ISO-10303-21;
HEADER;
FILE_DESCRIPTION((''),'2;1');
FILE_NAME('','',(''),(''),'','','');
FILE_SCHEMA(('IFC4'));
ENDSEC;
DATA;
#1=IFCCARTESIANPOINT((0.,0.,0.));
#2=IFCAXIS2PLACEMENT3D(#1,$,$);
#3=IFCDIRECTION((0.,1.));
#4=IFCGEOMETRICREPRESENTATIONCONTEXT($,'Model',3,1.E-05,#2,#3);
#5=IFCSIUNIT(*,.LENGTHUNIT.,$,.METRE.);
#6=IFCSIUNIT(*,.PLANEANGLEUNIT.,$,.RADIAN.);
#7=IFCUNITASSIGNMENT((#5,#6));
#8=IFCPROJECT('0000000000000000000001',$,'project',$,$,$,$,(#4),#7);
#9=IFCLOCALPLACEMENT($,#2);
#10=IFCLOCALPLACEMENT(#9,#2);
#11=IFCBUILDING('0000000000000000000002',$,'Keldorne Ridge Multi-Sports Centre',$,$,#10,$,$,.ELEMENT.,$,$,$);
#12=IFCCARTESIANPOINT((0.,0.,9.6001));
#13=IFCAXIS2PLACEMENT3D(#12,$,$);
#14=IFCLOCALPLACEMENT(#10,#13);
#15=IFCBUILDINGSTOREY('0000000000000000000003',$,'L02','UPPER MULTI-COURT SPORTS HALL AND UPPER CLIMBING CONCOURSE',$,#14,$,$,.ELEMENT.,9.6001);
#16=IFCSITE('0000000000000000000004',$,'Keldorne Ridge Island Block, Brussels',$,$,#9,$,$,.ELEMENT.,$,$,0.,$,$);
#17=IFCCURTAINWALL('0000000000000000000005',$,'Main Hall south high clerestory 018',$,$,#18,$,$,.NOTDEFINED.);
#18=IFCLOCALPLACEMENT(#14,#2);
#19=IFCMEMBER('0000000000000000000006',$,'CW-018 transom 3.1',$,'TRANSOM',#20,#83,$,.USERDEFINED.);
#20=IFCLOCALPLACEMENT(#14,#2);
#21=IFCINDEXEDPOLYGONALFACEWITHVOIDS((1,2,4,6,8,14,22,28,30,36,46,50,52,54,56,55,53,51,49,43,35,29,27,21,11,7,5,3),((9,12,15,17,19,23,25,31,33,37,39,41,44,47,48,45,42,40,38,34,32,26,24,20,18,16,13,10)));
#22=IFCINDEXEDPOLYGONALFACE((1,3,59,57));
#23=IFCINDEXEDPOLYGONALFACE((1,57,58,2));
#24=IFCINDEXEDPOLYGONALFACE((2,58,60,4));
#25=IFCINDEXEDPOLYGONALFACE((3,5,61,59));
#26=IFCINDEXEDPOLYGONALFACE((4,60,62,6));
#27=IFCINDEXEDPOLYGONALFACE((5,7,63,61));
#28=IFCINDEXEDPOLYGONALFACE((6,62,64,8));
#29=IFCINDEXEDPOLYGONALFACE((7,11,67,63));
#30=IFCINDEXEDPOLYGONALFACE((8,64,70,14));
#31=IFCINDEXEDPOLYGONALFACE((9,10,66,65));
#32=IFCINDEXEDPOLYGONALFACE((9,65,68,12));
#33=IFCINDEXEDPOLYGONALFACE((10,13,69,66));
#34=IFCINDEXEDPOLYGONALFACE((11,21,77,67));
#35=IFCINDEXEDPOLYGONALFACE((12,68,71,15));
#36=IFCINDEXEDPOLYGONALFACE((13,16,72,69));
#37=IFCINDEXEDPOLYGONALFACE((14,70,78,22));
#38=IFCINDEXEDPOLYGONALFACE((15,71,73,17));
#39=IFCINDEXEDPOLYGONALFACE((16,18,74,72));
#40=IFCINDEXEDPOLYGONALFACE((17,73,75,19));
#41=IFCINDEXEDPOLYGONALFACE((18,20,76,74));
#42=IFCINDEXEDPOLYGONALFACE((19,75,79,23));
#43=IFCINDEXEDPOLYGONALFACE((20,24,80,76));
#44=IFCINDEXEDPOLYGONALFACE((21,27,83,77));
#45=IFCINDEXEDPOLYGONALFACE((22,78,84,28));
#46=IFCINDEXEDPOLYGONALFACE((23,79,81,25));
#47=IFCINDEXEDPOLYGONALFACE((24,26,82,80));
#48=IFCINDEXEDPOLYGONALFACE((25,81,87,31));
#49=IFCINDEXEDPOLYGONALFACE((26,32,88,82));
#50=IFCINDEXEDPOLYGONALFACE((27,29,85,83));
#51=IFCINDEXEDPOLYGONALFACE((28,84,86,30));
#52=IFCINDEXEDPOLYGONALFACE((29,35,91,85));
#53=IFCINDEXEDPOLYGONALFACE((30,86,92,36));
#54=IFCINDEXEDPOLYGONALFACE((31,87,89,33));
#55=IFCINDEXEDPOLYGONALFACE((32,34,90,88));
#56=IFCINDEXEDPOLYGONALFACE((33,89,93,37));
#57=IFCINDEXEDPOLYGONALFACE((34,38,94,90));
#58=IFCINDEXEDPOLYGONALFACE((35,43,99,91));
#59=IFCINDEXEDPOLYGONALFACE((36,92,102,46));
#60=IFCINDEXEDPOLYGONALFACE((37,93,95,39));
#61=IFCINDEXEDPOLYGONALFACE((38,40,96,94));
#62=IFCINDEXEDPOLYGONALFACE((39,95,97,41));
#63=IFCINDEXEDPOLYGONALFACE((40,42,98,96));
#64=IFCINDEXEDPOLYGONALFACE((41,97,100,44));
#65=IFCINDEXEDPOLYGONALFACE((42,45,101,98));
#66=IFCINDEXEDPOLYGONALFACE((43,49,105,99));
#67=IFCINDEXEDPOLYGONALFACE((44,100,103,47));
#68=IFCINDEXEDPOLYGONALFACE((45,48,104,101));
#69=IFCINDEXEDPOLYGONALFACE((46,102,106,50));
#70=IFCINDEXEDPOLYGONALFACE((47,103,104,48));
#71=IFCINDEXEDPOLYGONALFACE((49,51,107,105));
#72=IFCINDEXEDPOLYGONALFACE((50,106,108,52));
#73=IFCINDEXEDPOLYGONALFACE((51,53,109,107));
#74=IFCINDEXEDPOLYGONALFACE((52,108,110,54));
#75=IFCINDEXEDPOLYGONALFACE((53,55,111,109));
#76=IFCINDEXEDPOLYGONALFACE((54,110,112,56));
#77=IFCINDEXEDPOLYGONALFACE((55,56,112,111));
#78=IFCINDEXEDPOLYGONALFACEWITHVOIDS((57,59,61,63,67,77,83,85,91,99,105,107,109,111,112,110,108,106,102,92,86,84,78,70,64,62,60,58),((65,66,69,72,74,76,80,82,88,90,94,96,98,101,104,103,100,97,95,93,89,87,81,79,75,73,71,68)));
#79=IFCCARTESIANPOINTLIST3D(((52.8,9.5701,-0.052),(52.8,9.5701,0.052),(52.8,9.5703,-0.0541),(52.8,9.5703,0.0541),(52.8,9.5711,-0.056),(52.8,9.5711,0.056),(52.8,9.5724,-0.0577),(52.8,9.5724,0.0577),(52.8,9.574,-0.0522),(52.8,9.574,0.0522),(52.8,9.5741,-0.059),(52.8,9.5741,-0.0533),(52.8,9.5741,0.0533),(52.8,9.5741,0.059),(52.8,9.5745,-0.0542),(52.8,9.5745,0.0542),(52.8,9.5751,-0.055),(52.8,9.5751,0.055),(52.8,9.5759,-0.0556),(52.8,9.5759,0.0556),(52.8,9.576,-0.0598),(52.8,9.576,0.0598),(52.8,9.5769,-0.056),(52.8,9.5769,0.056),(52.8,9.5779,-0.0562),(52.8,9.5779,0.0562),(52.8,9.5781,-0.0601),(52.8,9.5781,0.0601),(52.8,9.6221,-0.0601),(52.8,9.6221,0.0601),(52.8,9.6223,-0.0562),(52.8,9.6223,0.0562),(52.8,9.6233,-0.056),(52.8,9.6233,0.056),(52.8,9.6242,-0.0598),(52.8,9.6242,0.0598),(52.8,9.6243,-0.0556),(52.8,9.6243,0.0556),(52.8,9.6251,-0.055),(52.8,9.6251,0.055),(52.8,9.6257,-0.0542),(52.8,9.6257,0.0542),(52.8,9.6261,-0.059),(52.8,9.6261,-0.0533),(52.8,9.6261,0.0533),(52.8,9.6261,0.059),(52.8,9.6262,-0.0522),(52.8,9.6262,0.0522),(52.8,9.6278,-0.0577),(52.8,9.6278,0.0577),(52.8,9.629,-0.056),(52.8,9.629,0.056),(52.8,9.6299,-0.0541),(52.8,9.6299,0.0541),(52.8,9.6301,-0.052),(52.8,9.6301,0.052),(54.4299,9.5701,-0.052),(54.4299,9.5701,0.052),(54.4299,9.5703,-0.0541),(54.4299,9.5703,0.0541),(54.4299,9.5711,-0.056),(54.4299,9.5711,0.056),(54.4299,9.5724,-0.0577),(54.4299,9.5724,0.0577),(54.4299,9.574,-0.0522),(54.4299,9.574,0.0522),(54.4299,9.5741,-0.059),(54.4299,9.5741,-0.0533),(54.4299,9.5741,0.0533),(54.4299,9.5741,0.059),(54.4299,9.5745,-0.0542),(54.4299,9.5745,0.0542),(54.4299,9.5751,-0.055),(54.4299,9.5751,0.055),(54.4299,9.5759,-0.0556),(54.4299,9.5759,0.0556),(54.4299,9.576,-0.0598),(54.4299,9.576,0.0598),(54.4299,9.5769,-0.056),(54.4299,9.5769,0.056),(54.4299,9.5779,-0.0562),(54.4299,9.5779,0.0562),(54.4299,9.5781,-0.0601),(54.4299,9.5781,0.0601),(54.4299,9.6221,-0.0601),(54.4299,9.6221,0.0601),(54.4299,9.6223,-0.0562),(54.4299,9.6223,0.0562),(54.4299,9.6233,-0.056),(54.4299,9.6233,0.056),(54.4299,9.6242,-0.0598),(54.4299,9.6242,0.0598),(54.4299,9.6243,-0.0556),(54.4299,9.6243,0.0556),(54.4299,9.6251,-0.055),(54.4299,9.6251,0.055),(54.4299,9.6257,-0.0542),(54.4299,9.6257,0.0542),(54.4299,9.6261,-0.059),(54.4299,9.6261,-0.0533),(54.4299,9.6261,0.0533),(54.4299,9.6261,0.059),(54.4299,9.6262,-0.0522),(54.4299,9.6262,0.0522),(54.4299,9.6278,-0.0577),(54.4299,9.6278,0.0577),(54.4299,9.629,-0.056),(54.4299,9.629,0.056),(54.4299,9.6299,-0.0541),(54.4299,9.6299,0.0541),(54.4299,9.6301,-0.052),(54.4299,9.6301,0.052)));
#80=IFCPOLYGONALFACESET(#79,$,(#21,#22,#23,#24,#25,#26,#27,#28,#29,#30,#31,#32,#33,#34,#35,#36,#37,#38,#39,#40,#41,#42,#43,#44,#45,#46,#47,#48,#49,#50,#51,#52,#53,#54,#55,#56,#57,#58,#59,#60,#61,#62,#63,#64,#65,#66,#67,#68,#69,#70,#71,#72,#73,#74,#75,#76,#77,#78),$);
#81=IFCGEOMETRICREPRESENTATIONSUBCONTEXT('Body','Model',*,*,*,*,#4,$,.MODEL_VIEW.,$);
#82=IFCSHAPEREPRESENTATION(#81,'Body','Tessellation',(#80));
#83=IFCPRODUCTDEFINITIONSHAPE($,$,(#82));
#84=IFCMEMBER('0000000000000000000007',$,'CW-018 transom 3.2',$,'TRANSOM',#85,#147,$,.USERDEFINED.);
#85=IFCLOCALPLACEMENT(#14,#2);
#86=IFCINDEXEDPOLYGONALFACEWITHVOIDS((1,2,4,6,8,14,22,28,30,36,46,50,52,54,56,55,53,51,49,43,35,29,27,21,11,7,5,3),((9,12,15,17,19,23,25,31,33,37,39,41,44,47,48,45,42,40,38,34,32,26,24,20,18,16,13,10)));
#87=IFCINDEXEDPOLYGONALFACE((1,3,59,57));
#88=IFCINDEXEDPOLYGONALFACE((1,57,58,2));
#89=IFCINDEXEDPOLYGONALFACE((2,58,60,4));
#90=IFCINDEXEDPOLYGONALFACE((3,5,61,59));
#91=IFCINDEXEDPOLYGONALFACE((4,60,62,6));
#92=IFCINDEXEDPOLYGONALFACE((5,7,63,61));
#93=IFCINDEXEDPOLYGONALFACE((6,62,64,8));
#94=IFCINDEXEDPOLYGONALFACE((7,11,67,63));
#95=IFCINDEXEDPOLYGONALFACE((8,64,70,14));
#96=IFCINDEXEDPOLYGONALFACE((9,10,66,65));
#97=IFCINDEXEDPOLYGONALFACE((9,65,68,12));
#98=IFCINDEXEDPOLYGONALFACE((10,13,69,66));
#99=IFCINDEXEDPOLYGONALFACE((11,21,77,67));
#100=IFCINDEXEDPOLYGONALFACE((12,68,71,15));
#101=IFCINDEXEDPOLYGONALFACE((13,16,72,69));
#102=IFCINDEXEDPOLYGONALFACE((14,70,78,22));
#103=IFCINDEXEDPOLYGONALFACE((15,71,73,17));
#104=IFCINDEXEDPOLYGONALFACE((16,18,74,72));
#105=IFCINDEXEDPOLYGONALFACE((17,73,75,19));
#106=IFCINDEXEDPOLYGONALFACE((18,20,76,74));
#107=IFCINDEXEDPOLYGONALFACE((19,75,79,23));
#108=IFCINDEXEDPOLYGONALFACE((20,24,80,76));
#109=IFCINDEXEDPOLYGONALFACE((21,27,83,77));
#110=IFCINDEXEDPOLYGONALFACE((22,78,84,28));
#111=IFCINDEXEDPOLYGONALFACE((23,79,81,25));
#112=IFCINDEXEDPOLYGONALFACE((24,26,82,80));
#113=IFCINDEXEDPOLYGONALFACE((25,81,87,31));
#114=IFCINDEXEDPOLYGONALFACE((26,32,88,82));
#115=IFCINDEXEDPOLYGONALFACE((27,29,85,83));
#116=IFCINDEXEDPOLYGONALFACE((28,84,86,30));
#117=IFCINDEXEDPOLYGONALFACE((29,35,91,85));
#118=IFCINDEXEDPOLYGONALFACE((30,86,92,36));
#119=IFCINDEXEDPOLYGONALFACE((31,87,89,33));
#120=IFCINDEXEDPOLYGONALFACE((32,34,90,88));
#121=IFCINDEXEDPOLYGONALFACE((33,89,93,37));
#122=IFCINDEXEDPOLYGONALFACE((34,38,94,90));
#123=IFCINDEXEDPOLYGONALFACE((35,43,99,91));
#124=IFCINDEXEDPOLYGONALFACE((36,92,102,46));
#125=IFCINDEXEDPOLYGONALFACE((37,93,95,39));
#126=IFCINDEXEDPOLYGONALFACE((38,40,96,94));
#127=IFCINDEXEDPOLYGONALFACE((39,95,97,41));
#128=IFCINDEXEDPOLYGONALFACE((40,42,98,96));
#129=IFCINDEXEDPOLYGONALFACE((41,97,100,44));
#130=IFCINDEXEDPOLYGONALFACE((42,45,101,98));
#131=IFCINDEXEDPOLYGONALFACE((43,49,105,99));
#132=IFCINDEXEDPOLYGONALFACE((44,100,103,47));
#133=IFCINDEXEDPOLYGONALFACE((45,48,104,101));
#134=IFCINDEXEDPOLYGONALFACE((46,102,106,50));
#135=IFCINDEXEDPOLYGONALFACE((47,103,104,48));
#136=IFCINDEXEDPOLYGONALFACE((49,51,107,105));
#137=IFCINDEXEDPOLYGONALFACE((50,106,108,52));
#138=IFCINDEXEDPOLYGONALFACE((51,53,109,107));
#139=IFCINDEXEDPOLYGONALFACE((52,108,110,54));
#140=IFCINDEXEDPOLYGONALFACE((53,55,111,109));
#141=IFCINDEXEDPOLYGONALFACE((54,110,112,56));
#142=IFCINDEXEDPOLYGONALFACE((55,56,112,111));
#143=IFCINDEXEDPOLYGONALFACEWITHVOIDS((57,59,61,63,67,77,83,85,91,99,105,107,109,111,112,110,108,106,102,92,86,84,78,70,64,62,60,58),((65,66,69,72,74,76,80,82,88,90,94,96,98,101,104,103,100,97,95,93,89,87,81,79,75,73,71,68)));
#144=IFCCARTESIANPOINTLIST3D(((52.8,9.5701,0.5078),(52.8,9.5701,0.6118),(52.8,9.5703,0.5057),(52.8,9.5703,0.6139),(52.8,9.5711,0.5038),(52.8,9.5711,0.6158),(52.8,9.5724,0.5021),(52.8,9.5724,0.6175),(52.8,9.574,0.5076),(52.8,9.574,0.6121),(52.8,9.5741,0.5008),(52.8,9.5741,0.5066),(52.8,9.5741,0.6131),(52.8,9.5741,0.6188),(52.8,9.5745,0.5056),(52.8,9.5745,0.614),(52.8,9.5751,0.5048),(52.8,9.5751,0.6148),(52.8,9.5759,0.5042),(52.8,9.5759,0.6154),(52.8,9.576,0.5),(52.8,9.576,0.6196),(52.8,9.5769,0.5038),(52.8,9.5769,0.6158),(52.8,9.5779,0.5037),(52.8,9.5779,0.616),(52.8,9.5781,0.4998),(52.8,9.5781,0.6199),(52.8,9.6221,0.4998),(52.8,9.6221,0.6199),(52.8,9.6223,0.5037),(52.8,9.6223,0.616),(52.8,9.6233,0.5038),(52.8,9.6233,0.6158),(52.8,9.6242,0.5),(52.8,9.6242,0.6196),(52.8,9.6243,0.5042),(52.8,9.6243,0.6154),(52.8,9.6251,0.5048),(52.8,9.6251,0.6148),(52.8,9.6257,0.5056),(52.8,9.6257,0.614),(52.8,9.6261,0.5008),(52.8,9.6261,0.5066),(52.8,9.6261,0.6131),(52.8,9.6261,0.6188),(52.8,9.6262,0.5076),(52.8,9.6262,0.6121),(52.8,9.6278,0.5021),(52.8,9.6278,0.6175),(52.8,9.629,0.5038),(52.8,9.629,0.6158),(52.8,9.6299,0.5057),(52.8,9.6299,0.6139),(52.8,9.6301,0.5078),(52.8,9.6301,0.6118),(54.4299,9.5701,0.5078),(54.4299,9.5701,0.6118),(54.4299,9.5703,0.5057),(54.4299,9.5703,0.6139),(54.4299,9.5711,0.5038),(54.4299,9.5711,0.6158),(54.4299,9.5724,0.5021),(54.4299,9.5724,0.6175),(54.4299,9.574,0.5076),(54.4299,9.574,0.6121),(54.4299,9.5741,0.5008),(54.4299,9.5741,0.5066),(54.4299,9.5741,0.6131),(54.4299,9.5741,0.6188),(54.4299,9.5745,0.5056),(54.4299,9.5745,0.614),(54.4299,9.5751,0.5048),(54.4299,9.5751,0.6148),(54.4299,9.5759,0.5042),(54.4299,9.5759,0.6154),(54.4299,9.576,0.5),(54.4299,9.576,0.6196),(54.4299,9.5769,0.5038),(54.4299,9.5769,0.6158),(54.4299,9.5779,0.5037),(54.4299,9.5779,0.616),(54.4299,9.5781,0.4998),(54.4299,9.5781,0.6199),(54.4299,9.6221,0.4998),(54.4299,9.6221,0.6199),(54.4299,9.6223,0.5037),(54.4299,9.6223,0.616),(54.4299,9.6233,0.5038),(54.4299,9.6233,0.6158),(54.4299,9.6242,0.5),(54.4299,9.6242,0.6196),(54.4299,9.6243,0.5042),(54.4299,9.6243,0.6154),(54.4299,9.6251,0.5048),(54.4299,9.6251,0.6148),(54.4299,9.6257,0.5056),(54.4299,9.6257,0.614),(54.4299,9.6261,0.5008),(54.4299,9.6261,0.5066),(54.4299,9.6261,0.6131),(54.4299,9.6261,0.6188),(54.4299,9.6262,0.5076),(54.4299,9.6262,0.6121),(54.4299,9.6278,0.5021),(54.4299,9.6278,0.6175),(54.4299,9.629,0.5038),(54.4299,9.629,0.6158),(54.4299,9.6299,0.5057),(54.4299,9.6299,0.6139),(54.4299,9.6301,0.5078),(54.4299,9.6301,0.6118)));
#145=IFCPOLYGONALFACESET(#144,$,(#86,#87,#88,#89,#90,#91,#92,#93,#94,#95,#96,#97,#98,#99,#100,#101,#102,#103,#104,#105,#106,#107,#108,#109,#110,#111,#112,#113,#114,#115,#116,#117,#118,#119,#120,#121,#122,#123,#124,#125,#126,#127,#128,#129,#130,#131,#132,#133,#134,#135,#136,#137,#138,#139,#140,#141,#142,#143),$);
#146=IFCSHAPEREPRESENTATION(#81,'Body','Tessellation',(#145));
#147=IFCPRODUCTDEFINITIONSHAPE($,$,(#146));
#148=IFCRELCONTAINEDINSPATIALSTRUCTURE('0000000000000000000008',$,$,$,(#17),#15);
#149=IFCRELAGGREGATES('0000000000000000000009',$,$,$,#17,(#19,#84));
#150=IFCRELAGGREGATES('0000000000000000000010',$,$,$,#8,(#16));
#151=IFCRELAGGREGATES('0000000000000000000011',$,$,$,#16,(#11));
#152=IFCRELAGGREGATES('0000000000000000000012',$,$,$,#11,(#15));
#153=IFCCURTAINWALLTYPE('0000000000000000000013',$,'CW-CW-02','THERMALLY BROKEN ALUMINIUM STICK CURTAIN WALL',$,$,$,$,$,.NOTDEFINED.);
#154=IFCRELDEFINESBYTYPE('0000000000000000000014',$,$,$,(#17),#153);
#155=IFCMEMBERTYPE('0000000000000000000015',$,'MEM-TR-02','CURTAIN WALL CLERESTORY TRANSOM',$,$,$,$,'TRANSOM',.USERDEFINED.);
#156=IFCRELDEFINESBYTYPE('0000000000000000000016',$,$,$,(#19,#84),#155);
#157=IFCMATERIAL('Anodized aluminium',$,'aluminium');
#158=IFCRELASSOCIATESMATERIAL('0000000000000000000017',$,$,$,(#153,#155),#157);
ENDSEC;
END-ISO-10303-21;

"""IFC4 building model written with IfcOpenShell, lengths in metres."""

from ifc_helpers import new_model, si_unit, direction, frame, origin, origin_2d, place, context, subcontext, project, spatial, hollow_rectangle, extrude, material, material_profile, profile_set, type_object, element, aggregate, save


model = new_model("IFC4")

# Units and contexts
model_context = context("Model", 3, precision=1e-05, world=origin(), true_north=direction((0.0, 1.0)))
body_context = subcontext(model_context, "Body", "Model", "MODEL_VIEW")
ifc_project = project(units=[si_unit("LENGTHUNIT", "METRE"), si_unit("PLANEANGLEUNIT", "RADIAN")], contexts=[model_context])

# Site, building, storey
site_placement = place(None, origin())
site = spatial("IfcSite", under=ifc_project, at=site_placement, Name="Keldorne Ridge Island Block, Brussels", CompositionType="ELEMENT", RefElevation=0.0)
building_placement = place(site_placement, origin())
building = spatial("IfcBuilding", under=site, at=building_placement, Name="Keldorne Ridge Multi-Sports Centre", CompositionType="ELEMENT")
storey_placement = place(building_placement, frame((0.0, 0.0, 9.6001)))
storey = spatial("IfcBuildingStorey", under=building, at=storey_placement, Name="L02", Description="UPPER MULTI-COURT SPORTS HALL AND UPPER CLIMBING CONCOURSE", CompositionType="ELEMENT", Elevation=9.6001)

# Curtain wall, members
ifc_material_1 = material(Name="Anodized aluminium", Category="aluminium")
curtain_wall_type = type_object("IfcCurtainWallType", Name="CW-CW-02", Description="THERMALLY BROKEN ALUMINIUM STICK CURTAIN WALL", PredefinedType="NOTDEFINED", material=ifc_material_1)
curtain_wall_placement = place(storey_placement, origin())
curtain_wall = element("IfcCurtainWall", 1, at=curtain_wall_placement, inside=storey, type_object=curtain_wall_type, Name="Main Hall south high clerestory 018", PredefinedType="NOTDEFINED")
ifc_material_profile_1 = material_profile(ifc_material_1, hollow_rectangle(XDim=0.0601, YDim=0.1201, WallThickness=0.0039, InnerFilletRadius=0.0039, OuterFilletRadius=0.0081, at=origin_2d()), Name="ALU TRANSOM 120x60x4")
ifc_profile_set_1 = profile_set([ifc_material_profile_1], Name="Anodized aluminium")
member_type_1 = type_object("IfcMemberType", Name="MEM-TR-02", Description="CURTAIN WALL CLERESTORY TRANSOM", ElementType="TRANSOM", PredefinedType="USERDEFINED", material=ifc_profile_set_1)
member_1_placement = place(storey_placement, frame((52.8, 9.6001, 0.0), z_axis=(1.0, 0.0, 0.0), x_axis=(0.0, 1.0, 0.0)))
member_1 = element("IfcMember", 2, at=member_1_placement, type_object=member_type_1, Name="CW-018 transom 3.1", ObjectType="TRANSOM", PredefinedType="USERDEFINED", context=body_context, shape_type="SweptSolid", body=[
    extrude(hollow_rectangle(XDim=0.0601, YDim=0.1201, WallThickness=0.0039, InnerFilletRadius=0.0039, OuterFilletRadius=0.0081, at=origin_2d()), origin(), (0.0, 0.0, 1.0), 1.6299),
])
member_2_placement = place(storey_placement, frame((52.8, 9.6001, 0.5598), z_axis=(1.0, 0.0, 0.0), x_axis=(0.0, 1.0, 0.0)))
member_2 = element("IfcMember", 3, at=member_2_placement, type_object=member_type_1, Name="CW-018 transom 3.2", ObjectType="TRANSOM", PredefinedType="USERDEFINED", context=body_context, shape_type="SweptSolid", body=[
    extrude(hollow_rectangle(XDim=0.0601, YDim=0.1201, WallThickness=0.0039, InnerFilletRadius=0.0039, OuterFilletRadius=0.0081, at=origin_2d()), origin(), (0.0, 0.0, 1.0), 1.6299),
])
aggregate(curtain_wall, [member_1, member_2])

save(model, "model.ifc")
